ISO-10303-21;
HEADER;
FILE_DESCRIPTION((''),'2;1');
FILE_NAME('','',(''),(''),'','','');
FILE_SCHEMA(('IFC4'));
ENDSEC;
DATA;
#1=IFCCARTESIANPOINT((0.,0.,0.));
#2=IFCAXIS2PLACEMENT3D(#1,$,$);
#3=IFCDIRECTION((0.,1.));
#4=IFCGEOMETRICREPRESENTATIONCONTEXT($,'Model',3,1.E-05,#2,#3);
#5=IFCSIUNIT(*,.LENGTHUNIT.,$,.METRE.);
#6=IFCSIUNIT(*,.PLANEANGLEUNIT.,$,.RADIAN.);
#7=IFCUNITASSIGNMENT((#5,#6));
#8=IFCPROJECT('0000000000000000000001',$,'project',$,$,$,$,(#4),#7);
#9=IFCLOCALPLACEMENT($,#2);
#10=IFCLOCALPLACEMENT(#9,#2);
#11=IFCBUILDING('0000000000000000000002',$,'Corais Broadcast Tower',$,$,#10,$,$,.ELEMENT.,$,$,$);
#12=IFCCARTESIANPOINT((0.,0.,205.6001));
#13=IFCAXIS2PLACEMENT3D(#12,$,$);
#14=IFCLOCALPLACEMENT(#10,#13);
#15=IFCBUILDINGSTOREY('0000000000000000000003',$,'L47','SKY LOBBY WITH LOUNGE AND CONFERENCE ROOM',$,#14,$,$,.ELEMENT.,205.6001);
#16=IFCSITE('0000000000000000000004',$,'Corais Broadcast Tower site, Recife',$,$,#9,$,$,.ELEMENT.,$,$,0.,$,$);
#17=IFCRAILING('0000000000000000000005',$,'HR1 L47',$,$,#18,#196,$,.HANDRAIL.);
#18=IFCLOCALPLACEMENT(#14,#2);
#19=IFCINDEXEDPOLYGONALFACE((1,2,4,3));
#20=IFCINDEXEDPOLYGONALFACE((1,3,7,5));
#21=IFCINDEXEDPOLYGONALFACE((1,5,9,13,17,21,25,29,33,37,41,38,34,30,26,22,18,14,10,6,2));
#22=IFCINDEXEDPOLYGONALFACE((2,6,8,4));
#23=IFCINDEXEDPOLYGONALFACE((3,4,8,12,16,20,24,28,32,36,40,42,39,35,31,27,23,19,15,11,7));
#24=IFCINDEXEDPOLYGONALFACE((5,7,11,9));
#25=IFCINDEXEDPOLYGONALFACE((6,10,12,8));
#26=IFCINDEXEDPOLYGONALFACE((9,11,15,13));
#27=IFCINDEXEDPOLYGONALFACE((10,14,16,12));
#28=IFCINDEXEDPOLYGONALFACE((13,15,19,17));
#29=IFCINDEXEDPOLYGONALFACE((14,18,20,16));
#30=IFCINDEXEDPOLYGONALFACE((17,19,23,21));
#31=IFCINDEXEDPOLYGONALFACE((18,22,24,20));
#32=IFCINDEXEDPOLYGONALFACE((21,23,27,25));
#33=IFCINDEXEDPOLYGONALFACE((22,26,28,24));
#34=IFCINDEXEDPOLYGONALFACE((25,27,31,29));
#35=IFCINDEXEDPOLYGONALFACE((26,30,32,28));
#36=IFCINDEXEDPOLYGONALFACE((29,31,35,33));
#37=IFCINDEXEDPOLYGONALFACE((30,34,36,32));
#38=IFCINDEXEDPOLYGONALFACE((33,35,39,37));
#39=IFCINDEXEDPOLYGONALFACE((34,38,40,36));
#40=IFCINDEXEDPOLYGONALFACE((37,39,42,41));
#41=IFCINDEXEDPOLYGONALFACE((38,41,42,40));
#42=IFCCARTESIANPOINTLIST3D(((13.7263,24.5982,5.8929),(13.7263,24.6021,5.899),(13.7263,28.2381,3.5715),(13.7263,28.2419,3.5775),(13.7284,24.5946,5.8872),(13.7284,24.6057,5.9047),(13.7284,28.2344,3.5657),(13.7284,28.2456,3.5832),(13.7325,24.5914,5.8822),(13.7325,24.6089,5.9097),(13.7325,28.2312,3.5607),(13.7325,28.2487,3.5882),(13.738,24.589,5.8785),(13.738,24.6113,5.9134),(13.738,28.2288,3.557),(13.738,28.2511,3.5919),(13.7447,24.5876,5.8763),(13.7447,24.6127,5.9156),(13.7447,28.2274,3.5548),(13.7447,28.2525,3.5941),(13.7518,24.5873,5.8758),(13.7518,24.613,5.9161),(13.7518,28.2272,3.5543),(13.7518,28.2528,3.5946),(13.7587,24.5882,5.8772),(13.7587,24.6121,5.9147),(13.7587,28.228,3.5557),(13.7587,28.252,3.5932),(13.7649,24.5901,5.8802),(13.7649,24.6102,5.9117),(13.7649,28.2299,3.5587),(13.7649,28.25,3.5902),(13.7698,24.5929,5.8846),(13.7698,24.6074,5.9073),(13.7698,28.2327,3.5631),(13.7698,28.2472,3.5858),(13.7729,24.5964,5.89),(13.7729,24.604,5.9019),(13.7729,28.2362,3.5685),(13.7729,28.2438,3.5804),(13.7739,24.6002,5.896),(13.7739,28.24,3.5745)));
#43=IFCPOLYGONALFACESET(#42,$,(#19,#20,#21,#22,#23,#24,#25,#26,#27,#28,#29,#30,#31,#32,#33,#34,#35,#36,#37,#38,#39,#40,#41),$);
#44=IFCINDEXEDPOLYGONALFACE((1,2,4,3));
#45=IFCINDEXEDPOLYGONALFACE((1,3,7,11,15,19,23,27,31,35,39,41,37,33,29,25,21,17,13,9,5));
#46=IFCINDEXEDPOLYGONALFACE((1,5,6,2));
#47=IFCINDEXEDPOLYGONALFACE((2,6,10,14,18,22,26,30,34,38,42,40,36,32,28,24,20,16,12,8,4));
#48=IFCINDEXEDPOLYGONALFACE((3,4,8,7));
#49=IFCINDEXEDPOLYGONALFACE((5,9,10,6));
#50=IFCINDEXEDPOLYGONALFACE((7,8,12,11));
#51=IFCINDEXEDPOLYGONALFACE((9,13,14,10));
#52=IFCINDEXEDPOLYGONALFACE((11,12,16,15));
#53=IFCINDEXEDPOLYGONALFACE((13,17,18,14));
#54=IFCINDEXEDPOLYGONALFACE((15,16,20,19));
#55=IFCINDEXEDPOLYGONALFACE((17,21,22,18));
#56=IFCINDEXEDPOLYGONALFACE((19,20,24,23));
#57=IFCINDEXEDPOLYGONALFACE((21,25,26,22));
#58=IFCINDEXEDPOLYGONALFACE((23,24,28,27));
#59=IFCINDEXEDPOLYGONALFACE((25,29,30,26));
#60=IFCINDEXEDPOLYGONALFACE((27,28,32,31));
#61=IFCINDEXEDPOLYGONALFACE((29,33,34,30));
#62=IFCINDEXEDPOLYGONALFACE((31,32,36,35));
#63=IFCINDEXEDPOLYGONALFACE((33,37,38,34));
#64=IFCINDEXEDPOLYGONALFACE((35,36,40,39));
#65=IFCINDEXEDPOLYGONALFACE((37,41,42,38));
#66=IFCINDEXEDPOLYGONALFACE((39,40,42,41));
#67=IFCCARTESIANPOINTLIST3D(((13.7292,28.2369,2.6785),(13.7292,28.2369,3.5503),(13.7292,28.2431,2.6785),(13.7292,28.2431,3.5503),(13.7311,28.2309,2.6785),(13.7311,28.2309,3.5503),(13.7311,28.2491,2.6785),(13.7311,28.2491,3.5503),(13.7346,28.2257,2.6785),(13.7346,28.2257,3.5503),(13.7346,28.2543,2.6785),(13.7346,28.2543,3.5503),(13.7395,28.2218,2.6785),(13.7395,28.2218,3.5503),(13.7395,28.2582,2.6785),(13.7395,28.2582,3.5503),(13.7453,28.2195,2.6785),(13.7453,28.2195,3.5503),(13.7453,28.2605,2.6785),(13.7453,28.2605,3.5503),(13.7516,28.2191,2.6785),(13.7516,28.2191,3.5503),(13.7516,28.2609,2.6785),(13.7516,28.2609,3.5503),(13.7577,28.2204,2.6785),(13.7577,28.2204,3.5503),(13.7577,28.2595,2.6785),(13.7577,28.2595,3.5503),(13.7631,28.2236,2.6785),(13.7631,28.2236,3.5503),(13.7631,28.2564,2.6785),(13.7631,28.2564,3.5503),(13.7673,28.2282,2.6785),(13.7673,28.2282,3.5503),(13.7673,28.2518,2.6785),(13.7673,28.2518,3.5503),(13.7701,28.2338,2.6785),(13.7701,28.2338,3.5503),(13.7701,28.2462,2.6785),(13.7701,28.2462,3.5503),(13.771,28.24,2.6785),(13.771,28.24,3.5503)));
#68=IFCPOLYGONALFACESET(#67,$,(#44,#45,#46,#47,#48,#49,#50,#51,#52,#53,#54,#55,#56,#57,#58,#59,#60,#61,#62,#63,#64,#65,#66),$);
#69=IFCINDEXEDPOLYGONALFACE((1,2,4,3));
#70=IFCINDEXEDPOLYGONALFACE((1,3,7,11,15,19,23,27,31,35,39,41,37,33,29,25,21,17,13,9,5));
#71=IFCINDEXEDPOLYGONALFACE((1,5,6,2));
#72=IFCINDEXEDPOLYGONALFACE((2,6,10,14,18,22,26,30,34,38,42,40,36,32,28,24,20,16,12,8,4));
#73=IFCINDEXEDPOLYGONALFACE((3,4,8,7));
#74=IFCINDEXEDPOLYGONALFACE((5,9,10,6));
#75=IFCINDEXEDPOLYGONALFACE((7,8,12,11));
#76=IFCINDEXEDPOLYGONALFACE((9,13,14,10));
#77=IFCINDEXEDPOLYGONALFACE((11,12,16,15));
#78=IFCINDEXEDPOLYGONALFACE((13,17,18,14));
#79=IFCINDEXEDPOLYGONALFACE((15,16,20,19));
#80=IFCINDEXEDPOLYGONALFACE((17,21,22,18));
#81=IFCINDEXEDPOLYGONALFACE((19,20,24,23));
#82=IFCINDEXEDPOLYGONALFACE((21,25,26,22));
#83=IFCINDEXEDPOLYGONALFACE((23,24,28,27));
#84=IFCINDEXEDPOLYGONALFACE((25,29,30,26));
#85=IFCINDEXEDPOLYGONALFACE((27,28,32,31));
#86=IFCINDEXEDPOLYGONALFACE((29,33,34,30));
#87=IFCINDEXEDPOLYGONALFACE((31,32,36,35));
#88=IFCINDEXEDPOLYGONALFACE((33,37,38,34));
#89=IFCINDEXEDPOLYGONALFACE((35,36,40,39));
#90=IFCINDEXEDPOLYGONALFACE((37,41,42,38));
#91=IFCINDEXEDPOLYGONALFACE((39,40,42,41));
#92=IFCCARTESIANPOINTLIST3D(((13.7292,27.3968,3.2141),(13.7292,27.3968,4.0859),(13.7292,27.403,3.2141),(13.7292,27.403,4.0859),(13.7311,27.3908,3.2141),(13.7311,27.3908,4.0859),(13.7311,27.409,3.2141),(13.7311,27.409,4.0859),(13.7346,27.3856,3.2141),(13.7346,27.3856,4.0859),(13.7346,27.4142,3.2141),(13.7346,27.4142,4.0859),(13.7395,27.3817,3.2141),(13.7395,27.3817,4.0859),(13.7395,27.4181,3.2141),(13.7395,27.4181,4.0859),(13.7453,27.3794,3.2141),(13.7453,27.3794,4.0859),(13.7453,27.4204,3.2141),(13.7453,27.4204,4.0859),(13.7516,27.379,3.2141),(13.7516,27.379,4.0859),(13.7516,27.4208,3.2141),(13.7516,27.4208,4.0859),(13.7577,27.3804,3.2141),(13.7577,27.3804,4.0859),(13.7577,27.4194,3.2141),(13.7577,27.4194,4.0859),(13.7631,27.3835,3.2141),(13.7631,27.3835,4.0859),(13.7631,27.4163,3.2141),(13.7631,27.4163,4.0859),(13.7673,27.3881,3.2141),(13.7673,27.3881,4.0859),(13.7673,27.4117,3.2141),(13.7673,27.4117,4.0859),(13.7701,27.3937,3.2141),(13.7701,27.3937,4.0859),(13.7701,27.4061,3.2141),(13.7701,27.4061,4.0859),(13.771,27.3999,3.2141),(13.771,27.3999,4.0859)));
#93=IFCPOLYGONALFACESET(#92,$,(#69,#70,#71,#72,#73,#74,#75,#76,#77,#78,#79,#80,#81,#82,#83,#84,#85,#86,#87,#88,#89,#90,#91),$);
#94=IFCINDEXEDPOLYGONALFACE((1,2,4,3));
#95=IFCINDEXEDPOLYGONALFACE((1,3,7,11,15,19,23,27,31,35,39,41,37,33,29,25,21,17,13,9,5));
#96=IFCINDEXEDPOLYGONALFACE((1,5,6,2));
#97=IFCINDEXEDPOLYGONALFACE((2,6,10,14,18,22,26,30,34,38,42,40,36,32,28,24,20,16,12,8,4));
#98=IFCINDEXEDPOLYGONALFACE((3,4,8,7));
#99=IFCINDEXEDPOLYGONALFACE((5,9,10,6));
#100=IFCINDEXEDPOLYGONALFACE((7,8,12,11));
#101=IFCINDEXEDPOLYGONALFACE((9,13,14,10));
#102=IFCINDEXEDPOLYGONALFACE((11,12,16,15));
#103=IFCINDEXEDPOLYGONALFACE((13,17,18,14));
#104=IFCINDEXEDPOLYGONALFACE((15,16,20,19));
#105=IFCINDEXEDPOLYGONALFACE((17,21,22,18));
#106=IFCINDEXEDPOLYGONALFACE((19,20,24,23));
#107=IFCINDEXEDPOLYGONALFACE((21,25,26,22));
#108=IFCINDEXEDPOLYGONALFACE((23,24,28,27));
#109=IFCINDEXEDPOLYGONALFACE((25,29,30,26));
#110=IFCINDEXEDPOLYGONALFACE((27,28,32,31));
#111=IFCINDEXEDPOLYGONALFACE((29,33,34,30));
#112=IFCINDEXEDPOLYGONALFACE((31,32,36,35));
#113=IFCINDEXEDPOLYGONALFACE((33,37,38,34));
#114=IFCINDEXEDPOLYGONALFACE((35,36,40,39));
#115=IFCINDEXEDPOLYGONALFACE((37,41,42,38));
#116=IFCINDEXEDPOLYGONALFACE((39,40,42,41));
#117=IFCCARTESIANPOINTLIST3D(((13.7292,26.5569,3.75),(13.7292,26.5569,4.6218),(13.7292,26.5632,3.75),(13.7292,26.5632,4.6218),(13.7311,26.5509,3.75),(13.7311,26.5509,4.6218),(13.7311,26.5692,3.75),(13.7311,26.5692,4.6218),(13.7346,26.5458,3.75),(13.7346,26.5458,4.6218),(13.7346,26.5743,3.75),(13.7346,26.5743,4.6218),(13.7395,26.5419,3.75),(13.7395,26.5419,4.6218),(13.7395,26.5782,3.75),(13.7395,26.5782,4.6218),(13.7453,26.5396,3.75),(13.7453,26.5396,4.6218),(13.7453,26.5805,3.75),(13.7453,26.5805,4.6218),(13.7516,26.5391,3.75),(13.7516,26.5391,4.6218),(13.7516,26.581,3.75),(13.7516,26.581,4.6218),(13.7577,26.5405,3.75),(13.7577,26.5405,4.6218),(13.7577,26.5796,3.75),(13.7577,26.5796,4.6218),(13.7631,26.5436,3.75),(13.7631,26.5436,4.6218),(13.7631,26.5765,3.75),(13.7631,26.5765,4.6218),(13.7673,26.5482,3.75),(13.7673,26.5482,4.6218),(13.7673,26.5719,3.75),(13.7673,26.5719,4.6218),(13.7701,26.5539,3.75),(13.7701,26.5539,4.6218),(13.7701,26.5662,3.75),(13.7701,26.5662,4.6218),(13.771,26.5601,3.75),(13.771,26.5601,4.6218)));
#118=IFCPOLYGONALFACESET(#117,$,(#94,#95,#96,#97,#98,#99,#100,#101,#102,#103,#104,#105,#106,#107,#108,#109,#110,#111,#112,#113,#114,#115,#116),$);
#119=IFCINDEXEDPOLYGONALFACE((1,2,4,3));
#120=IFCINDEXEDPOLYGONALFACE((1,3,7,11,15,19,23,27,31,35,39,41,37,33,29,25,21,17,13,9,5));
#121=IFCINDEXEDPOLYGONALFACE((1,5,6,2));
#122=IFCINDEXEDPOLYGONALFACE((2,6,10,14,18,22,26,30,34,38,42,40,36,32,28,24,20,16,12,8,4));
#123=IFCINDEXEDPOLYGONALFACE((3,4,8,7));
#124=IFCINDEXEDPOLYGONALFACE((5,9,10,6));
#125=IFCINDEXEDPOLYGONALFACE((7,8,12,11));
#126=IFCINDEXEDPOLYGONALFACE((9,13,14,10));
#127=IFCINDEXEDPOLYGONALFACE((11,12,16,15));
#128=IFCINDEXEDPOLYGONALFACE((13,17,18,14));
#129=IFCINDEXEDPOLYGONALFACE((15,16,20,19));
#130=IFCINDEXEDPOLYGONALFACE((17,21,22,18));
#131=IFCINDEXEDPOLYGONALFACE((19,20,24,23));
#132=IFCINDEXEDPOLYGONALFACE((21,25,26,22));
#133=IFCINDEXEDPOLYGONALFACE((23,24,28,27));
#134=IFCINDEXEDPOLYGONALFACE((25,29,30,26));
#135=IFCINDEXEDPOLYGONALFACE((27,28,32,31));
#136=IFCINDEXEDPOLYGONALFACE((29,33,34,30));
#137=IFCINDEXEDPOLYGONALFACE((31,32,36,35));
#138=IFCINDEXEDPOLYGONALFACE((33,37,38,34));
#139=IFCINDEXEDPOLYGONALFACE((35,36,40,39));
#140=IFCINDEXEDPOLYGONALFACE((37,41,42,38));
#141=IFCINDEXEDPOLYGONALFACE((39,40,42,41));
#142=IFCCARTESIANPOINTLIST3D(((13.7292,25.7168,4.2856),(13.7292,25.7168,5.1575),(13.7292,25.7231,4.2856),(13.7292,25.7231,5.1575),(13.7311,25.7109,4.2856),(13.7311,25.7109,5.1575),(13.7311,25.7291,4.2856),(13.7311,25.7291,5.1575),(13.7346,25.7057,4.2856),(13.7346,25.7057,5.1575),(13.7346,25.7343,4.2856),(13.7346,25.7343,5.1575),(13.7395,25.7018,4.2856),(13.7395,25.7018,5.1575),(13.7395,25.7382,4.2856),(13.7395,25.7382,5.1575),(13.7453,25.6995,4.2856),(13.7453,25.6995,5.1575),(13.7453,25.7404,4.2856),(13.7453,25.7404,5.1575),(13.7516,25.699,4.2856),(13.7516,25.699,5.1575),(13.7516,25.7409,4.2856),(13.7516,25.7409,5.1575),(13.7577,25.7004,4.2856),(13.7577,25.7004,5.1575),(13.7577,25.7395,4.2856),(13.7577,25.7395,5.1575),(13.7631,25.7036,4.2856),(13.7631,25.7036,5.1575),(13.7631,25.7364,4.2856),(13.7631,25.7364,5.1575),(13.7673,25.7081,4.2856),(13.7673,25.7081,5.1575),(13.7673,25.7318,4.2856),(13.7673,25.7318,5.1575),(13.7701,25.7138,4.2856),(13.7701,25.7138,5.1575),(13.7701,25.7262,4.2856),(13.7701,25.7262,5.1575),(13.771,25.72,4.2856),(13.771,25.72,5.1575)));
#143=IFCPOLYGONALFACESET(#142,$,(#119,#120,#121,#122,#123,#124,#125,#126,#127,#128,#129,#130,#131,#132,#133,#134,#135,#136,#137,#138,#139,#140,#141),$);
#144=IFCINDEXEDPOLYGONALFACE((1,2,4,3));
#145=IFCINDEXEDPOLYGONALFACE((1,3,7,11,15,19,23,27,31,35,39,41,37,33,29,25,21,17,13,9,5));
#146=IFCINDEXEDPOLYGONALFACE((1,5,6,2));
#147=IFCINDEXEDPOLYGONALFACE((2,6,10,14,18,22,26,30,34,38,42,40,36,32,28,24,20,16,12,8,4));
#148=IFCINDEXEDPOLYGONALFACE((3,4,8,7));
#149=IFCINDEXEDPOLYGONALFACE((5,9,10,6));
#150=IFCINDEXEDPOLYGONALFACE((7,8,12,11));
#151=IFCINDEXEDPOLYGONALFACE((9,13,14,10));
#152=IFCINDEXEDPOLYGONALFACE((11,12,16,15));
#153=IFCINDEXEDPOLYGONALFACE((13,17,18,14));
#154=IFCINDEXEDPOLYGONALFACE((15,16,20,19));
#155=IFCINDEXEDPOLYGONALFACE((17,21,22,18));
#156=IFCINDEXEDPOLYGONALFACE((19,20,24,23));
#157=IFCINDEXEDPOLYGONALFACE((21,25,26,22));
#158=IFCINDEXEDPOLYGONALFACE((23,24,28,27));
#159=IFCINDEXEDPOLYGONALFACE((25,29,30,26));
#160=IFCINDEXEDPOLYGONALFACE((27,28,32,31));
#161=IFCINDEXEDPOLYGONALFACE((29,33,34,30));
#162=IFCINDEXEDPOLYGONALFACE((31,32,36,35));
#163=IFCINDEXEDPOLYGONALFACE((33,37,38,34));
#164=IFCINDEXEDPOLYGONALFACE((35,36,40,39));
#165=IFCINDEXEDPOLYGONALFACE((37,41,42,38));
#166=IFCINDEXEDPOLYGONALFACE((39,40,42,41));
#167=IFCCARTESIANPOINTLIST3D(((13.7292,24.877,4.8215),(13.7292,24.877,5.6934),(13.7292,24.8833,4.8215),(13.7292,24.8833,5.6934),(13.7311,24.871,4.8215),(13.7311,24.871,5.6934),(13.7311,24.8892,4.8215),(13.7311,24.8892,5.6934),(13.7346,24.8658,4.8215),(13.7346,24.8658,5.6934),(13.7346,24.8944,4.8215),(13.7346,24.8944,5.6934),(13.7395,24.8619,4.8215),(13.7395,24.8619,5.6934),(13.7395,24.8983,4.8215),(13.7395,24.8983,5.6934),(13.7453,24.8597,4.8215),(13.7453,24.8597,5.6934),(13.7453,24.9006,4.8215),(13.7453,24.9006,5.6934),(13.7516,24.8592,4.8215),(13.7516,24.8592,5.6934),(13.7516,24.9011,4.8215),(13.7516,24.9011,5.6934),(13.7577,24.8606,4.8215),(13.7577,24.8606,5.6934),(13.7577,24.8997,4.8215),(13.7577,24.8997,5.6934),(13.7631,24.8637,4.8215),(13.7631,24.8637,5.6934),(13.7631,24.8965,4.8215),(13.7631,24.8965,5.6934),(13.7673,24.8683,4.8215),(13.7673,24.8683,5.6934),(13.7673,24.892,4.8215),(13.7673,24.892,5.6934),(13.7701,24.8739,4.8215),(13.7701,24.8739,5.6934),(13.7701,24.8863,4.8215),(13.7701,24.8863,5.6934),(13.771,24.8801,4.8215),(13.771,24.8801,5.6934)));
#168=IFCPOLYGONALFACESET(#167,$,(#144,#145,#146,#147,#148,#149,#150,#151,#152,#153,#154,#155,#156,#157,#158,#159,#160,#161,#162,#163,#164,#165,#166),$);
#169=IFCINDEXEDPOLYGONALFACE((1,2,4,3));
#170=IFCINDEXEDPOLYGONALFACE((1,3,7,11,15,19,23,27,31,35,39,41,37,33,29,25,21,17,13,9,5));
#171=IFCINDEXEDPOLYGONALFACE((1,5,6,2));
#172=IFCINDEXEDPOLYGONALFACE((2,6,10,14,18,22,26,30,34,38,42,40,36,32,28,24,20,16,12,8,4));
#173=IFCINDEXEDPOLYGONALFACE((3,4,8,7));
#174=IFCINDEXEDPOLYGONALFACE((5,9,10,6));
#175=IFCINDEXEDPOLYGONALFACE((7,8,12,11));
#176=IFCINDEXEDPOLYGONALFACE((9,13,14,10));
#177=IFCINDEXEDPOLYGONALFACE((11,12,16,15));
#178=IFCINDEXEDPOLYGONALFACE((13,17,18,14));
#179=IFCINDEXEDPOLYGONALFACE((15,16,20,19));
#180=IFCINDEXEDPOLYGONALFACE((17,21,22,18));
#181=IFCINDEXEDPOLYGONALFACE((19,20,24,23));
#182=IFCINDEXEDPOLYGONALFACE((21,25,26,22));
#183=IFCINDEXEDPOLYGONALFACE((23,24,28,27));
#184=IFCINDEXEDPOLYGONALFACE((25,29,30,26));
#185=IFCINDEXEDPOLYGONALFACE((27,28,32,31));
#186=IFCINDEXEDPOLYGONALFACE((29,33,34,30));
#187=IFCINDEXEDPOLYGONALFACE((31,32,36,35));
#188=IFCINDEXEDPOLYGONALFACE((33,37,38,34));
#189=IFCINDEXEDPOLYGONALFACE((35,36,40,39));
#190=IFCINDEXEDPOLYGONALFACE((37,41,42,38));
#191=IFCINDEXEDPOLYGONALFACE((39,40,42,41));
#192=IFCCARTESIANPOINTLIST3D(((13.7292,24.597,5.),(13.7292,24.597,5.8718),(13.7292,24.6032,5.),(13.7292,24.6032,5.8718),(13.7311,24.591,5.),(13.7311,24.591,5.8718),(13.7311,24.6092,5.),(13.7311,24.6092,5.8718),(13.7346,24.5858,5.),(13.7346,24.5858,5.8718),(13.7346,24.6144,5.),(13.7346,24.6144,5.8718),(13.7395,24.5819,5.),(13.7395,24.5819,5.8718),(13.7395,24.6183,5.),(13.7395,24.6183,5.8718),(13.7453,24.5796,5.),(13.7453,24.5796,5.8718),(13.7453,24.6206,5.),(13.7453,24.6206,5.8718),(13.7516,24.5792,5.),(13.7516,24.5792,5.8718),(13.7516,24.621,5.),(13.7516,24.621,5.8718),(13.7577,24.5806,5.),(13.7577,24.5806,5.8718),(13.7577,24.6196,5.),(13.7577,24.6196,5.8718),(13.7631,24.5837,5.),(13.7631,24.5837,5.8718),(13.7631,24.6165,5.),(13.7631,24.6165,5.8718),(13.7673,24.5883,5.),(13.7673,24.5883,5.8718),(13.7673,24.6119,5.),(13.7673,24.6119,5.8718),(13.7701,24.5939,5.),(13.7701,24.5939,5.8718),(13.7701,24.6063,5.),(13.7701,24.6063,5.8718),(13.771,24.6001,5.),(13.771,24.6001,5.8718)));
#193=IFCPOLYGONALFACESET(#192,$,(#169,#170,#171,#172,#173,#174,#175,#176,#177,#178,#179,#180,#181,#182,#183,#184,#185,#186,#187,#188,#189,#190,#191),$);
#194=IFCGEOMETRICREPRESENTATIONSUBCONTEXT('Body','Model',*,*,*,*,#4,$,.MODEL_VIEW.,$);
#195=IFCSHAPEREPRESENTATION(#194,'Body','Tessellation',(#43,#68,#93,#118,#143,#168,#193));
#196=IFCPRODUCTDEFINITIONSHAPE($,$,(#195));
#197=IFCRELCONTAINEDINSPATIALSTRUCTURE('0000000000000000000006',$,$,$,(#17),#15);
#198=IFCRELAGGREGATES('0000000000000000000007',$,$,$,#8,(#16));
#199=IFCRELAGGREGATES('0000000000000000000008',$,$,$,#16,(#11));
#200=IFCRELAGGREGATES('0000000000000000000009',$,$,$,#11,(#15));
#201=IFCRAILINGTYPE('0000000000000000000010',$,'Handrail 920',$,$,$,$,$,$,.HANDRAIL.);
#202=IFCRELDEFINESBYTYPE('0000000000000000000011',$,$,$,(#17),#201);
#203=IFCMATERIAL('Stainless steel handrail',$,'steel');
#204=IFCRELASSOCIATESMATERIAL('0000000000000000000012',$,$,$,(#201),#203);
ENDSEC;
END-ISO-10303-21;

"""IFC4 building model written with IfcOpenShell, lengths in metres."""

from ifc_helpers import new_model, si_unit, direction, frame, origin, origin_2d, place, context, subcontext, project, spatial, circle, extrude, material, type_object, element, save


model = new_model("IFC4")

# Units and contexts
model_context = context("Model", 3, precision=1e-05, world=origin(), true_north=direction((0.0, 1.0)))
body_context = subcontext(model_context, "Body", "Model", "MODEL_VIEW")
ifc_project = project(units=[si_unit("LENGTHUNIT", "METRE"), si_unit("PLANEANGLEUNIT", "RADIAN")], contexts=[model_context])

# Site, building, storey
site_placement = place(None, origin())
site = spatial("IfcSite", under=ifc_project, at=site_placement, Name="Corais Broadcast Tower site, Recife", CompositionType="ELEMENT", RefElevation=0.0)
building_placement = place(site_placement, origin())
building = spatial("IfcBuilding", under=site, at=building_placement, Name="Corais Broadcast Tower", CompositionType="ELEMENT")
storey_placement = place(building_placement, frame((0.0, 0.0, 205.6001)))
storey = spatial("IfcBuildingStorey", under=building, at=storey_placement, Name="L47", Description="SKY LOBBY WITH LOUNGE AND CONFERENCE ROOM", CompositionType="ELEMENT", Elevation=205.6001)

# Railing
ifc_material_1 = material(Name="Stainless steel handrail", Category="steel")
railing_type = type_object("IfcRailingType", Name="Handrail 920", PredefinedType="HANDRAIL", material=ifc_material_1)
for number, where, name in (
    (1, (13.75, 28.24, 2.6785), "HR1 L47"),
):
    element("IfcRailing", number, at=place(storey_placement, frame(where)), inside=storey, type_object=railing_type, Name=name, PredefinedType="HANDRAIL", context=body_context, shape_type="SweptSolid", body=[
        extrude(circle(Radius=0.0239, at=origin_2d()), frame((0.0, 0.0, 0.896), z_axis=(0.0, -0.843112, 0.537739), x_axis=(1.0, 0.0, 0.0)), (0.0, 0.0, 1.0), 4.3171),
        extrude(circle(Radius=0.021, at=origin_2d()), origin(), (0.0, 0.0, 1.0), 0.8718),
        extrude(circle(Radius=0.021, at=origin_2d()), frame((0.0, -0.8401, 0.5356)), (0.0, 0.0, 1.0), 0.8718),
        extrude(circle(Radius=0.021, at=origin_2d()), frame((0.0, -1.6799, 1.0715)), (0.0, 0.0, 1.0), 0.8718),
        extrude(circle(Radius=0.021, at=origin_2d()), frame((0.0, -2.52, 1.6072)), (0.0, 0.0, 1.0), 0.8718),
        extrude(circle(Radius=0.021, at=origin_2d()), frame((0.0, -3.3599, 2.1431)), (0.0, 0.0, 1.0), 0.8718),
        extrude(circle(Radius=0.021, at=origin_2d()), frame((0.0, -3.6399, 2.3215)), (0.0, 0.0, 1.0), 0.8718),
    ])

save(model, "model.ifc")
